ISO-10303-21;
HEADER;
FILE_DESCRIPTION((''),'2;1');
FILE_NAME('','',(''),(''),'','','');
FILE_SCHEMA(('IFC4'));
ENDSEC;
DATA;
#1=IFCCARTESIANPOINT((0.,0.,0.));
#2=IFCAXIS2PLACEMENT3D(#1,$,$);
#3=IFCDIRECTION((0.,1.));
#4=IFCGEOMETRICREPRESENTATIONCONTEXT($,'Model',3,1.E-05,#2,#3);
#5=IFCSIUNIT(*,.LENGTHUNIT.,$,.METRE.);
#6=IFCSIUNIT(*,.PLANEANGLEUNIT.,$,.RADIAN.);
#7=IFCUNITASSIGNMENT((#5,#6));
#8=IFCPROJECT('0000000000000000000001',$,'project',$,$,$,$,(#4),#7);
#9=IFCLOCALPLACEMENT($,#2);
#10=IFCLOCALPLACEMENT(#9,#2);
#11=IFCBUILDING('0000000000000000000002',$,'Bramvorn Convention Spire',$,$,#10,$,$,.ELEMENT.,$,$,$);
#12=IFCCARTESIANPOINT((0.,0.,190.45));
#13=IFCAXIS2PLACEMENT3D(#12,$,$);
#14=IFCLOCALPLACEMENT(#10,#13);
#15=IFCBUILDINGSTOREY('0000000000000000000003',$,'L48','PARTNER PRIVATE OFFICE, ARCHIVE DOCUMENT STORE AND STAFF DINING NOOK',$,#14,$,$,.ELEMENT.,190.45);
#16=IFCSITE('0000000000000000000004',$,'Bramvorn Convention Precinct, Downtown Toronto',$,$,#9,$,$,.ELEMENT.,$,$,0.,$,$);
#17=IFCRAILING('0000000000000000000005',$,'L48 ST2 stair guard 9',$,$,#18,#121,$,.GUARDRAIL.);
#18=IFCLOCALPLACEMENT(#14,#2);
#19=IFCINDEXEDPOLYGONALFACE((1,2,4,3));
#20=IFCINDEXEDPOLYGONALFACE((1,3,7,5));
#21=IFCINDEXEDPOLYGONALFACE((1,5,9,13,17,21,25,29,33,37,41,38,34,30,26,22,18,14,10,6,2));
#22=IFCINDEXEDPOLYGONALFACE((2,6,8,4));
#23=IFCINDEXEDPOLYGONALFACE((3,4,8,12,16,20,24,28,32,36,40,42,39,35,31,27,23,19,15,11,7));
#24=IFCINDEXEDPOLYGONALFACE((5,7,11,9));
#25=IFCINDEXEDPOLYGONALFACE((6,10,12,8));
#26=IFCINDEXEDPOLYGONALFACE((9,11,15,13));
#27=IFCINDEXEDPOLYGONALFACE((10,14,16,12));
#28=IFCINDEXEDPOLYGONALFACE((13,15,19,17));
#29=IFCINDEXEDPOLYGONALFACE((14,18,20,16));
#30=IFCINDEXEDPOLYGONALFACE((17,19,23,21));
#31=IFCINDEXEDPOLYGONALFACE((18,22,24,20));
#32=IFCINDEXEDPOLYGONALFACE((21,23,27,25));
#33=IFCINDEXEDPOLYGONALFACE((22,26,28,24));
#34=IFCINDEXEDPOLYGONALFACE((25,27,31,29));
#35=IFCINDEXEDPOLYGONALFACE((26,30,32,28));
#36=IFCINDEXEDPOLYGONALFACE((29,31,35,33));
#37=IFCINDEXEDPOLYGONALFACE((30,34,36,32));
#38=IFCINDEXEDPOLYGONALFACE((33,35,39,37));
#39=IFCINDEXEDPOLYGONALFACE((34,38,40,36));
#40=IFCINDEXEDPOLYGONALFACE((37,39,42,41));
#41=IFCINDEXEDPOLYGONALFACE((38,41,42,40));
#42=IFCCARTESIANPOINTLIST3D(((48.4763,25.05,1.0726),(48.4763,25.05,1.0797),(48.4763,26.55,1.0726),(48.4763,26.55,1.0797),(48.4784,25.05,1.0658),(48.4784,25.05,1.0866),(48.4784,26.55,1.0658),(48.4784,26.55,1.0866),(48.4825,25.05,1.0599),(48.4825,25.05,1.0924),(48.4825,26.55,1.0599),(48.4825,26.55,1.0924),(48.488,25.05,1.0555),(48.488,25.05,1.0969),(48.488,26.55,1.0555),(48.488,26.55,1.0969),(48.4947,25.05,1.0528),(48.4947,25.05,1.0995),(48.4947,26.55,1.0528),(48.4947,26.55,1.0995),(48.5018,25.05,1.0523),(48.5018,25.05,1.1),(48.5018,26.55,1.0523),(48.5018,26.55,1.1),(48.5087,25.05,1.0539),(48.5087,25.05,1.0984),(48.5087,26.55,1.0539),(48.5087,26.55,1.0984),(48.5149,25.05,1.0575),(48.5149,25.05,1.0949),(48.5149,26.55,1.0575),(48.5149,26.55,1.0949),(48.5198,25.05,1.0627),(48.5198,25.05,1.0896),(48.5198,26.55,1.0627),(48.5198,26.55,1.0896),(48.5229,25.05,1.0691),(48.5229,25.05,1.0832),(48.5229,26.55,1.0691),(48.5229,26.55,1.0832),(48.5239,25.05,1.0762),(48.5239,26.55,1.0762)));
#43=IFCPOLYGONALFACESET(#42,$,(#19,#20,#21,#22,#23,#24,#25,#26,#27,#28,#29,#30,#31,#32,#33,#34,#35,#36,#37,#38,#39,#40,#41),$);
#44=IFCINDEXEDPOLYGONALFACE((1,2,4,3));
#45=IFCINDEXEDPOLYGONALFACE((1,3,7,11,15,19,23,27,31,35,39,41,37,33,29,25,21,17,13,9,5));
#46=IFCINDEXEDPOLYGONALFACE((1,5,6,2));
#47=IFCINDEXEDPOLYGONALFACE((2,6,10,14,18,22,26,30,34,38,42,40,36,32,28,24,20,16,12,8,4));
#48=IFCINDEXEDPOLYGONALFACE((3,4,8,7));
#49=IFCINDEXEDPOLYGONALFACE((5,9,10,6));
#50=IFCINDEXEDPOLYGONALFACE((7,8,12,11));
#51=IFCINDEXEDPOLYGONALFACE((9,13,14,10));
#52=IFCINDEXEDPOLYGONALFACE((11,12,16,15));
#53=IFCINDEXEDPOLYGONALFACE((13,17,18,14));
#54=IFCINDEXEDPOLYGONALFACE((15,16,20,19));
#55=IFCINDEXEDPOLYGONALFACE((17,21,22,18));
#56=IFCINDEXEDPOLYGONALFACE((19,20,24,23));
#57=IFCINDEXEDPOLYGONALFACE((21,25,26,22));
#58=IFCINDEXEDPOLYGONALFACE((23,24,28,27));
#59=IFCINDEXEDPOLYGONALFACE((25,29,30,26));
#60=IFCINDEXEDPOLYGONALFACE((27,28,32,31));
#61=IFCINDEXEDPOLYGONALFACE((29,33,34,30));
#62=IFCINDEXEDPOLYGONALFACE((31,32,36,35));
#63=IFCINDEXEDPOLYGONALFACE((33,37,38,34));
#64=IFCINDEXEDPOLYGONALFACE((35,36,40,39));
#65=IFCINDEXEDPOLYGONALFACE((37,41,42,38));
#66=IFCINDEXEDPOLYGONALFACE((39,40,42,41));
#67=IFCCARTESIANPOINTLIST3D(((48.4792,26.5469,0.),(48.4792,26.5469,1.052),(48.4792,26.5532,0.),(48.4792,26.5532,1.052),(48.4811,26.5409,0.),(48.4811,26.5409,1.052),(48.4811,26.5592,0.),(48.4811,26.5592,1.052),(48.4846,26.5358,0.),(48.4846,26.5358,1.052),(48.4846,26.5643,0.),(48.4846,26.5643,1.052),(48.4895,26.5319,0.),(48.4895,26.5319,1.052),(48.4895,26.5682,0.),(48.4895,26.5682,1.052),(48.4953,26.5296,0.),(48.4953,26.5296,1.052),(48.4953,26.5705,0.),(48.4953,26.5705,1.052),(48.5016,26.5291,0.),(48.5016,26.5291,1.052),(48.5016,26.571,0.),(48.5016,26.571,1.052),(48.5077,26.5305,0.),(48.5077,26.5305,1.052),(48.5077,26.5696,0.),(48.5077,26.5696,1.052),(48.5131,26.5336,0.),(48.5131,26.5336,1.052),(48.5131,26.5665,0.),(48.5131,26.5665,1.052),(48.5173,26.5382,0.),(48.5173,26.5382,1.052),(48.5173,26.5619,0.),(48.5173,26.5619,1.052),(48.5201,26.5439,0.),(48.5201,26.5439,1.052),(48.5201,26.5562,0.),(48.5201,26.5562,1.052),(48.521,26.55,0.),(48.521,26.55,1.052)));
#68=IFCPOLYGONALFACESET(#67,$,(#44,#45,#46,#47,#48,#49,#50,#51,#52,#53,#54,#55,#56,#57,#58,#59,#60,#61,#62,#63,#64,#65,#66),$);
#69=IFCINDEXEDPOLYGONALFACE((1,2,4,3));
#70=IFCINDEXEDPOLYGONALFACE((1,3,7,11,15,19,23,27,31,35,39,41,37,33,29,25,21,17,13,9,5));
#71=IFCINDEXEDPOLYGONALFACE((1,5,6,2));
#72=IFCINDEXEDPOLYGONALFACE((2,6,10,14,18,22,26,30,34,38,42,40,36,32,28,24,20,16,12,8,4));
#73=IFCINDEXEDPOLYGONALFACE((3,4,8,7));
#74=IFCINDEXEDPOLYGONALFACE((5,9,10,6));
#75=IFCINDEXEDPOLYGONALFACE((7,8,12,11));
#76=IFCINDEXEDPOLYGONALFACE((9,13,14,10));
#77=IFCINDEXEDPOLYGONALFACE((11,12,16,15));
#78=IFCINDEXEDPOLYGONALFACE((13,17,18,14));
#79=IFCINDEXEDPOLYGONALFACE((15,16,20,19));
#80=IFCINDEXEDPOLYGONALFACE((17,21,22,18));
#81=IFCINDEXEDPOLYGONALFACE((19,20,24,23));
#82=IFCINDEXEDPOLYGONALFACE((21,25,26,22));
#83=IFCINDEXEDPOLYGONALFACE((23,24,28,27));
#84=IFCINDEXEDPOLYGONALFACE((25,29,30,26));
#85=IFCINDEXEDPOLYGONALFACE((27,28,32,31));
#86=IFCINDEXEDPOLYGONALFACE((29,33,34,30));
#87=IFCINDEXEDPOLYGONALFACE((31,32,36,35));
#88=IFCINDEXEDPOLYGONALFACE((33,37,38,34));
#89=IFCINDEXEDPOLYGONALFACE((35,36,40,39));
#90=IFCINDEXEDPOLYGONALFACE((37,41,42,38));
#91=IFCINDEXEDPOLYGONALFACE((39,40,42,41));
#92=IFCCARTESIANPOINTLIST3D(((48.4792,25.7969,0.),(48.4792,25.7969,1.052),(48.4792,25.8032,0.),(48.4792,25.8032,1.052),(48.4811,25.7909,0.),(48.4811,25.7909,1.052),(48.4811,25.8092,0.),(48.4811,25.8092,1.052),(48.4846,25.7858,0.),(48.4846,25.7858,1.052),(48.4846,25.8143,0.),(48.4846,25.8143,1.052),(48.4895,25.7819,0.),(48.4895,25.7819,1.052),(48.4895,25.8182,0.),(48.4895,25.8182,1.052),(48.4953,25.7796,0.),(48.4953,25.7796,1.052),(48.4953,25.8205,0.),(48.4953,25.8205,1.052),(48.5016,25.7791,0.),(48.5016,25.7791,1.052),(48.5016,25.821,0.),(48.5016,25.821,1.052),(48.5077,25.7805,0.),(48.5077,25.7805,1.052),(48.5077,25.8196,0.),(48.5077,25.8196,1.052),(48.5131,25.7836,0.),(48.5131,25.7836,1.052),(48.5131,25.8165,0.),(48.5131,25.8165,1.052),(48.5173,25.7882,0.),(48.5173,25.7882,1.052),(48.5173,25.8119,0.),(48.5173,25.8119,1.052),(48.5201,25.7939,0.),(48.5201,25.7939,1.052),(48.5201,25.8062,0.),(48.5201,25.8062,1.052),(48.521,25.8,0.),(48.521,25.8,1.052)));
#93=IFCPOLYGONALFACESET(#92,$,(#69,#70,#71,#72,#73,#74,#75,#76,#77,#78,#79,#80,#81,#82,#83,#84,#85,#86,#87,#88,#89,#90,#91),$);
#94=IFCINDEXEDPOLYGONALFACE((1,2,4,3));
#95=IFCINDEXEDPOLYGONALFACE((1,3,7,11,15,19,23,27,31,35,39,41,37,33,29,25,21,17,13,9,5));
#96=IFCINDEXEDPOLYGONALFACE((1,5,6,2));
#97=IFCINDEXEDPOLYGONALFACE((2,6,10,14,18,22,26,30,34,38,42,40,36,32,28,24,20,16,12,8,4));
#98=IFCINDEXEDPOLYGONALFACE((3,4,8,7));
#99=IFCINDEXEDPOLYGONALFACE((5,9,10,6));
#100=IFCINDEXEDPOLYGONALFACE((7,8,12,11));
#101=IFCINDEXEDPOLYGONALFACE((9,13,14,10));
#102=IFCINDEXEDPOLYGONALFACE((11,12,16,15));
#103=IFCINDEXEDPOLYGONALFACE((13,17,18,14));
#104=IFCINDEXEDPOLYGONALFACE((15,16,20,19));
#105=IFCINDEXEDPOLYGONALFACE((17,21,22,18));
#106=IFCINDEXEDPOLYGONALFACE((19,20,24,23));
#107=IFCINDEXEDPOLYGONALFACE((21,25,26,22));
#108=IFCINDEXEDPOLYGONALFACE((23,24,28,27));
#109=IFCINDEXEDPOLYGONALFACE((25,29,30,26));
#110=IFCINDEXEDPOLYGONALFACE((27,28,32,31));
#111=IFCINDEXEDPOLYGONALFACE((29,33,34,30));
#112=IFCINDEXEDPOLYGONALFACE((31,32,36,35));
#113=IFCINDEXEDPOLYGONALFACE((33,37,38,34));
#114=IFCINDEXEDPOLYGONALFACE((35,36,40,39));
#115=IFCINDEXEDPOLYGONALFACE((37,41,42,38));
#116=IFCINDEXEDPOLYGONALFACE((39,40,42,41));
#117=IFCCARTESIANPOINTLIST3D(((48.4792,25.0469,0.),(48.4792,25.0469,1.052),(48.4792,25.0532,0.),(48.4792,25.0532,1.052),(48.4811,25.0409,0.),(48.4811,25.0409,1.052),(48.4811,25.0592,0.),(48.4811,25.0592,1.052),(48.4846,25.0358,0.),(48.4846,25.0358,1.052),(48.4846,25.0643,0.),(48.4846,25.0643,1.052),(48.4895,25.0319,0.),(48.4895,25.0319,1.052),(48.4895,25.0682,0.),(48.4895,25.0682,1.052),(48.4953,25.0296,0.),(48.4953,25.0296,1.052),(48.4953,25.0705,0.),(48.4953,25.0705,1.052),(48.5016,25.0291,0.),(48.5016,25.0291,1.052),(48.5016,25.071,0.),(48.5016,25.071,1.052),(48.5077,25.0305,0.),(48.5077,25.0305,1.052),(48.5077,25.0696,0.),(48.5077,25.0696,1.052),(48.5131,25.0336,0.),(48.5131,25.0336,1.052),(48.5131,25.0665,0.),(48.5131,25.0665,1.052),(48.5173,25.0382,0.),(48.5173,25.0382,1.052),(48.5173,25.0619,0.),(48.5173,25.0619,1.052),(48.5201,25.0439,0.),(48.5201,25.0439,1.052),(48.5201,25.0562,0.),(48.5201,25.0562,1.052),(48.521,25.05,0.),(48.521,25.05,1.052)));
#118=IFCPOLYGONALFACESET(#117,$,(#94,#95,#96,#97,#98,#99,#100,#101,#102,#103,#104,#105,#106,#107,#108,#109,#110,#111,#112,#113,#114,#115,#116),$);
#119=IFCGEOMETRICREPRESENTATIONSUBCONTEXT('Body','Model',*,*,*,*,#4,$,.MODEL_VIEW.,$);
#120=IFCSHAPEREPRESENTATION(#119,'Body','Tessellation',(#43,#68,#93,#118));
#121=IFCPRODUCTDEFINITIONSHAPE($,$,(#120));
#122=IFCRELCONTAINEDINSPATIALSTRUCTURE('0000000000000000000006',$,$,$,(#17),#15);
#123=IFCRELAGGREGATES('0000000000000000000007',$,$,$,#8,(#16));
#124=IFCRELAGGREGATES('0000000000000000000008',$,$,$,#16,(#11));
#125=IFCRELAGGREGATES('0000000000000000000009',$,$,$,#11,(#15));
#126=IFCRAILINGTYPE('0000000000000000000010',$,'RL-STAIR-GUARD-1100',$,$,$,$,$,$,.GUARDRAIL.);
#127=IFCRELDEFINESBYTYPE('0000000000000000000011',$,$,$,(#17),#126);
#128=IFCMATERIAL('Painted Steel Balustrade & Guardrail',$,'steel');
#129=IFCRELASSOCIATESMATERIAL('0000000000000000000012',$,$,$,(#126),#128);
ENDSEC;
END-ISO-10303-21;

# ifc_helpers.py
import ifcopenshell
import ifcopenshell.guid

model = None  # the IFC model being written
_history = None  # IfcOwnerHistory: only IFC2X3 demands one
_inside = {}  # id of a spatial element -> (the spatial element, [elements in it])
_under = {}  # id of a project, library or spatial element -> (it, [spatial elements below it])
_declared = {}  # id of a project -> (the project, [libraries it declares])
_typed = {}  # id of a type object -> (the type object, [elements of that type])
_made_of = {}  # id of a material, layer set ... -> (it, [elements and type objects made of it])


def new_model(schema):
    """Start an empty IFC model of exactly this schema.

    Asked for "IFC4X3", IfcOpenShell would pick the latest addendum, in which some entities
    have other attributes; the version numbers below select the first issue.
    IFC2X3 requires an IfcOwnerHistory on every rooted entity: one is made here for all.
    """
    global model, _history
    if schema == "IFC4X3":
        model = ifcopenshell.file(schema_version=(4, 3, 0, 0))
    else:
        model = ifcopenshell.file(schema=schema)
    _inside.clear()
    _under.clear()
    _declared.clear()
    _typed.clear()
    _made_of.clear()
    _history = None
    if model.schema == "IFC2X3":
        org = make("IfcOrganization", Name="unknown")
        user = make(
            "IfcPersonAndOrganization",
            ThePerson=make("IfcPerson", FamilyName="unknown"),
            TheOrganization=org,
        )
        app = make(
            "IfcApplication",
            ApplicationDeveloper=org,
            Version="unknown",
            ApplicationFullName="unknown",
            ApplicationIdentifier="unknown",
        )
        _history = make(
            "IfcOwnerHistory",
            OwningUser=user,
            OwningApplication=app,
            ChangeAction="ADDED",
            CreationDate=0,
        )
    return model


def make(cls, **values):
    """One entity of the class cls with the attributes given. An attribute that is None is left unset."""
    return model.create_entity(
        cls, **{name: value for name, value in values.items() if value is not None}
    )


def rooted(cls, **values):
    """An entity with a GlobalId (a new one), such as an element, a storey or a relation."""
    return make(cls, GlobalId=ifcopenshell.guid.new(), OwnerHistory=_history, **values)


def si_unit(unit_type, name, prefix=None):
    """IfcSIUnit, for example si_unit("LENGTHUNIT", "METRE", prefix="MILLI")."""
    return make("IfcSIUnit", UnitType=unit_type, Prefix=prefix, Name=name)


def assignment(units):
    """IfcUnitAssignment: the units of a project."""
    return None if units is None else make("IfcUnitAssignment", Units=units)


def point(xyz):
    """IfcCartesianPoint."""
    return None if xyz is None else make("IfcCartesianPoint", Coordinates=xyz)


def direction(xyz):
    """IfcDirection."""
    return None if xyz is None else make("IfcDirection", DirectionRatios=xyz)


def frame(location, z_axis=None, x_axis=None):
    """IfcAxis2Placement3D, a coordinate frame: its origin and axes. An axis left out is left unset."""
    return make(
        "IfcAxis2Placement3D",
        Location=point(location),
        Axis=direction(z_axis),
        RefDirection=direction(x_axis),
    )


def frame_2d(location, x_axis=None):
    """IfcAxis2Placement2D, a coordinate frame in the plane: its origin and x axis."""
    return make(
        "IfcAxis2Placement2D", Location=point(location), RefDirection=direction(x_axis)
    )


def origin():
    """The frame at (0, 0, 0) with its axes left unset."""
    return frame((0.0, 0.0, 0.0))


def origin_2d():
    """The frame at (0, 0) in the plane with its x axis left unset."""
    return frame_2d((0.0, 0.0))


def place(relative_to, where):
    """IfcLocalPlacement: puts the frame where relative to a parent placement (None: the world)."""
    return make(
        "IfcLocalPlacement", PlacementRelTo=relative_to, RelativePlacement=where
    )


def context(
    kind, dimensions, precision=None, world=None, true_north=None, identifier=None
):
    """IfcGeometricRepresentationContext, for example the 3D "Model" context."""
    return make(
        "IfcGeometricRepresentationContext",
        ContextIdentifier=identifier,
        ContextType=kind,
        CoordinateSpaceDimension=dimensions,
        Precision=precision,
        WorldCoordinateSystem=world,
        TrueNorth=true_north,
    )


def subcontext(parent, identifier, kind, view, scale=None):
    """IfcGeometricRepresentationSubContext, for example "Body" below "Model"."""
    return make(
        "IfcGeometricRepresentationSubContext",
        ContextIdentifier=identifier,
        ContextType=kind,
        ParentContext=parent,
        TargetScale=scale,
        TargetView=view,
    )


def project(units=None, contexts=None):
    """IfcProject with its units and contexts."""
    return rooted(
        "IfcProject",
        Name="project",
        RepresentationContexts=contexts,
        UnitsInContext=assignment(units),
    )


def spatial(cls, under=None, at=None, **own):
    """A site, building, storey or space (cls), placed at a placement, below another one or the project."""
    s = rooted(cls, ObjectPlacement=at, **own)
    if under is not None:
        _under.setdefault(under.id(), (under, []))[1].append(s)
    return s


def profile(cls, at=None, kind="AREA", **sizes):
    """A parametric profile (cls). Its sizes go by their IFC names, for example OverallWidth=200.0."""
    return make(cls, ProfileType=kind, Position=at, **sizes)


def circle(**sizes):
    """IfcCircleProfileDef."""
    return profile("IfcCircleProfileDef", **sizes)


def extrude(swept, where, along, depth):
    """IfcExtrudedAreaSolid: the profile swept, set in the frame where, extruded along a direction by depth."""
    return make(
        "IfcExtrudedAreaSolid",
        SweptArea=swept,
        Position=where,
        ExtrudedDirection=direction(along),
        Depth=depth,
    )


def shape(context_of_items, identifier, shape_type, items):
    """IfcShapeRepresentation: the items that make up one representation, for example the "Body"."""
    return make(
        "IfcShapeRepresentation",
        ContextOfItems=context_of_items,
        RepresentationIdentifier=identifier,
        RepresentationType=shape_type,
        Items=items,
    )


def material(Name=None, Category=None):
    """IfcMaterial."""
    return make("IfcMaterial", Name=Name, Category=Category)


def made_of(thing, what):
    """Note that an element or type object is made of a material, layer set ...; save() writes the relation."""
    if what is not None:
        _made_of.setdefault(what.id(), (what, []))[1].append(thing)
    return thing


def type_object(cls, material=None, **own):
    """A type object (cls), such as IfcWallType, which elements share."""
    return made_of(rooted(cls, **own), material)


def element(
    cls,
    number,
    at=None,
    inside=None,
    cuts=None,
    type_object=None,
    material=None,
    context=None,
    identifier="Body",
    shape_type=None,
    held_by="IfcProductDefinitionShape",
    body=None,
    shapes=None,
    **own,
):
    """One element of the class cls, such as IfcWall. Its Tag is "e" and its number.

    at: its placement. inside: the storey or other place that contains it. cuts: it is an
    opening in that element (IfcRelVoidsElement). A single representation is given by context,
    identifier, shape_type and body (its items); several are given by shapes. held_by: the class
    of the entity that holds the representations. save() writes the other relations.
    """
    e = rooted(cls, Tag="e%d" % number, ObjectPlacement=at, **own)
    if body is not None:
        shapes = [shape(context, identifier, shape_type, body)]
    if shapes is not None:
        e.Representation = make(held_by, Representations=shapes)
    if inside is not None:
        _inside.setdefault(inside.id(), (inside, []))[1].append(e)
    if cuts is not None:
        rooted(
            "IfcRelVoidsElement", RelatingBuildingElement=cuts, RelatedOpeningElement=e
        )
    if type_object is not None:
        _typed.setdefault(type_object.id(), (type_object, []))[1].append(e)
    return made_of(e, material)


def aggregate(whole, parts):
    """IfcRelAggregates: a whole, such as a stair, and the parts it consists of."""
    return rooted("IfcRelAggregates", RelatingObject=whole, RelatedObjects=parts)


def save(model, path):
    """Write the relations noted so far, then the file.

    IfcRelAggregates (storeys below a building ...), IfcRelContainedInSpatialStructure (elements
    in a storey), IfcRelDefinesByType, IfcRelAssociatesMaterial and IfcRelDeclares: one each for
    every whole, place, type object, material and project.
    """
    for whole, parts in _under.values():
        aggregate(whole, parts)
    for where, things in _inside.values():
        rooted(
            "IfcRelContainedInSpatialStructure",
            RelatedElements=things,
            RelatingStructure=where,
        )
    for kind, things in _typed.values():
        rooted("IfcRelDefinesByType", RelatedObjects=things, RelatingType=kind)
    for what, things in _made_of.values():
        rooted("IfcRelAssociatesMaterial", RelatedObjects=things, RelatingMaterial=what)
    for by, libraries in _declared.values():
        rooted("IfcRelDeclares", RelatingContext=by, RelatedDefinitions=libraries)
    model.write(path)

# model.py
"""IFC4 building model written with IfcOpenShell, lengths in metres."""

from ifc_helpers import new_model, si_unit, direction, frame, origin, origin_2d, place, context, subcontext, project, spatial, circle, extrude, material, type_object, element, save


model = new_model("IFC4")

# Units and contexts
model_context = context("Model", 3, precision=1e-05, world=origin(), true_north=direction((0.0, 1.0)))
body_context = subcontext(model_context, "Body", "Model", "MODEL_VIEW")
ifc_project = project(units=[si_unit("LENGTHUNIT", "METRE"), si_unit("PLANEANGLEUNIT", "RADIAN")], contexts=[model_context])

# Site, building, storey
site_placement = place(None, origin())
site = spatial("IfcSite", under=ifc_project, at=site_placement, Name="Bramvorn Convention Precinct, Downtown Toronto", CompositionType="ELEMENT", RefElevation=0.0)
building_placement = place(site_placement, origin())
building = spatial("IfcBuilding", under=site, at=building_placement, Name="Bramvorn Convention Spire", CompositionType="ELEMENT")
storey_placement = place(building_placement, frame((0.0, 0.0, 190.45)))
storey = spatial("IfcBuildingStorey", under=building, at=storey_placement, Name="L48", Description="PARTNER PRIVATE OFFICE, ARCHIVE DOCUMENT STORE AND STAFF DINING NOOK", CompositionType="ELEMENT", Elevation=190.45)

# Railing
ifc_material_1 = material(Name="Painted Steel Balustrade & Guardrail", Category="steel")
railing_type_1 = type_object("IfcRailingType", Name="RL-STAIR-GUARD-1100", PredefinedType="GUARDRAIL", material=ifc_material_1)
for number, where, name in (
    (1, (48.5, 26.55, 0.0), "L48 ST2 stair guard 9"),
):
    element("IfcRailing", number, at=place(storey_placement, frame(where)), inside=storey, type_object=railing_type_1, Name=name, PredefinedType="GUARDRAIL", context=body_context, shape_type="SweptSolid", body=[
        extrude(circle(Radius=0.0239, at=origin_2d()), frame((0.0, 0.0, 1.0762), z_axis=(0.0, -1.0, 0.0), x_axis=(1.0, 0.0, 0.0)), (0.0, 0.0, 1.0), 1.5),
        extrude(circle(Radius=0.021, at=origin_2d()), origin(), (0.0, 0.0, 1.0), 1.052),
        extrude(circle(Radius=0.021, at=origin_2d()), frame((0.0, -0.75, 0.0)), (0.0, 0.0, 1.0), 1.052),
        extrude(circle(Radius=0.021, at=origin_2d()), frame((0.0, -1.5, 0.0)), (0.0, 0.0, 1.0), 1.052),
    ])

save(model, "model.ifc")
